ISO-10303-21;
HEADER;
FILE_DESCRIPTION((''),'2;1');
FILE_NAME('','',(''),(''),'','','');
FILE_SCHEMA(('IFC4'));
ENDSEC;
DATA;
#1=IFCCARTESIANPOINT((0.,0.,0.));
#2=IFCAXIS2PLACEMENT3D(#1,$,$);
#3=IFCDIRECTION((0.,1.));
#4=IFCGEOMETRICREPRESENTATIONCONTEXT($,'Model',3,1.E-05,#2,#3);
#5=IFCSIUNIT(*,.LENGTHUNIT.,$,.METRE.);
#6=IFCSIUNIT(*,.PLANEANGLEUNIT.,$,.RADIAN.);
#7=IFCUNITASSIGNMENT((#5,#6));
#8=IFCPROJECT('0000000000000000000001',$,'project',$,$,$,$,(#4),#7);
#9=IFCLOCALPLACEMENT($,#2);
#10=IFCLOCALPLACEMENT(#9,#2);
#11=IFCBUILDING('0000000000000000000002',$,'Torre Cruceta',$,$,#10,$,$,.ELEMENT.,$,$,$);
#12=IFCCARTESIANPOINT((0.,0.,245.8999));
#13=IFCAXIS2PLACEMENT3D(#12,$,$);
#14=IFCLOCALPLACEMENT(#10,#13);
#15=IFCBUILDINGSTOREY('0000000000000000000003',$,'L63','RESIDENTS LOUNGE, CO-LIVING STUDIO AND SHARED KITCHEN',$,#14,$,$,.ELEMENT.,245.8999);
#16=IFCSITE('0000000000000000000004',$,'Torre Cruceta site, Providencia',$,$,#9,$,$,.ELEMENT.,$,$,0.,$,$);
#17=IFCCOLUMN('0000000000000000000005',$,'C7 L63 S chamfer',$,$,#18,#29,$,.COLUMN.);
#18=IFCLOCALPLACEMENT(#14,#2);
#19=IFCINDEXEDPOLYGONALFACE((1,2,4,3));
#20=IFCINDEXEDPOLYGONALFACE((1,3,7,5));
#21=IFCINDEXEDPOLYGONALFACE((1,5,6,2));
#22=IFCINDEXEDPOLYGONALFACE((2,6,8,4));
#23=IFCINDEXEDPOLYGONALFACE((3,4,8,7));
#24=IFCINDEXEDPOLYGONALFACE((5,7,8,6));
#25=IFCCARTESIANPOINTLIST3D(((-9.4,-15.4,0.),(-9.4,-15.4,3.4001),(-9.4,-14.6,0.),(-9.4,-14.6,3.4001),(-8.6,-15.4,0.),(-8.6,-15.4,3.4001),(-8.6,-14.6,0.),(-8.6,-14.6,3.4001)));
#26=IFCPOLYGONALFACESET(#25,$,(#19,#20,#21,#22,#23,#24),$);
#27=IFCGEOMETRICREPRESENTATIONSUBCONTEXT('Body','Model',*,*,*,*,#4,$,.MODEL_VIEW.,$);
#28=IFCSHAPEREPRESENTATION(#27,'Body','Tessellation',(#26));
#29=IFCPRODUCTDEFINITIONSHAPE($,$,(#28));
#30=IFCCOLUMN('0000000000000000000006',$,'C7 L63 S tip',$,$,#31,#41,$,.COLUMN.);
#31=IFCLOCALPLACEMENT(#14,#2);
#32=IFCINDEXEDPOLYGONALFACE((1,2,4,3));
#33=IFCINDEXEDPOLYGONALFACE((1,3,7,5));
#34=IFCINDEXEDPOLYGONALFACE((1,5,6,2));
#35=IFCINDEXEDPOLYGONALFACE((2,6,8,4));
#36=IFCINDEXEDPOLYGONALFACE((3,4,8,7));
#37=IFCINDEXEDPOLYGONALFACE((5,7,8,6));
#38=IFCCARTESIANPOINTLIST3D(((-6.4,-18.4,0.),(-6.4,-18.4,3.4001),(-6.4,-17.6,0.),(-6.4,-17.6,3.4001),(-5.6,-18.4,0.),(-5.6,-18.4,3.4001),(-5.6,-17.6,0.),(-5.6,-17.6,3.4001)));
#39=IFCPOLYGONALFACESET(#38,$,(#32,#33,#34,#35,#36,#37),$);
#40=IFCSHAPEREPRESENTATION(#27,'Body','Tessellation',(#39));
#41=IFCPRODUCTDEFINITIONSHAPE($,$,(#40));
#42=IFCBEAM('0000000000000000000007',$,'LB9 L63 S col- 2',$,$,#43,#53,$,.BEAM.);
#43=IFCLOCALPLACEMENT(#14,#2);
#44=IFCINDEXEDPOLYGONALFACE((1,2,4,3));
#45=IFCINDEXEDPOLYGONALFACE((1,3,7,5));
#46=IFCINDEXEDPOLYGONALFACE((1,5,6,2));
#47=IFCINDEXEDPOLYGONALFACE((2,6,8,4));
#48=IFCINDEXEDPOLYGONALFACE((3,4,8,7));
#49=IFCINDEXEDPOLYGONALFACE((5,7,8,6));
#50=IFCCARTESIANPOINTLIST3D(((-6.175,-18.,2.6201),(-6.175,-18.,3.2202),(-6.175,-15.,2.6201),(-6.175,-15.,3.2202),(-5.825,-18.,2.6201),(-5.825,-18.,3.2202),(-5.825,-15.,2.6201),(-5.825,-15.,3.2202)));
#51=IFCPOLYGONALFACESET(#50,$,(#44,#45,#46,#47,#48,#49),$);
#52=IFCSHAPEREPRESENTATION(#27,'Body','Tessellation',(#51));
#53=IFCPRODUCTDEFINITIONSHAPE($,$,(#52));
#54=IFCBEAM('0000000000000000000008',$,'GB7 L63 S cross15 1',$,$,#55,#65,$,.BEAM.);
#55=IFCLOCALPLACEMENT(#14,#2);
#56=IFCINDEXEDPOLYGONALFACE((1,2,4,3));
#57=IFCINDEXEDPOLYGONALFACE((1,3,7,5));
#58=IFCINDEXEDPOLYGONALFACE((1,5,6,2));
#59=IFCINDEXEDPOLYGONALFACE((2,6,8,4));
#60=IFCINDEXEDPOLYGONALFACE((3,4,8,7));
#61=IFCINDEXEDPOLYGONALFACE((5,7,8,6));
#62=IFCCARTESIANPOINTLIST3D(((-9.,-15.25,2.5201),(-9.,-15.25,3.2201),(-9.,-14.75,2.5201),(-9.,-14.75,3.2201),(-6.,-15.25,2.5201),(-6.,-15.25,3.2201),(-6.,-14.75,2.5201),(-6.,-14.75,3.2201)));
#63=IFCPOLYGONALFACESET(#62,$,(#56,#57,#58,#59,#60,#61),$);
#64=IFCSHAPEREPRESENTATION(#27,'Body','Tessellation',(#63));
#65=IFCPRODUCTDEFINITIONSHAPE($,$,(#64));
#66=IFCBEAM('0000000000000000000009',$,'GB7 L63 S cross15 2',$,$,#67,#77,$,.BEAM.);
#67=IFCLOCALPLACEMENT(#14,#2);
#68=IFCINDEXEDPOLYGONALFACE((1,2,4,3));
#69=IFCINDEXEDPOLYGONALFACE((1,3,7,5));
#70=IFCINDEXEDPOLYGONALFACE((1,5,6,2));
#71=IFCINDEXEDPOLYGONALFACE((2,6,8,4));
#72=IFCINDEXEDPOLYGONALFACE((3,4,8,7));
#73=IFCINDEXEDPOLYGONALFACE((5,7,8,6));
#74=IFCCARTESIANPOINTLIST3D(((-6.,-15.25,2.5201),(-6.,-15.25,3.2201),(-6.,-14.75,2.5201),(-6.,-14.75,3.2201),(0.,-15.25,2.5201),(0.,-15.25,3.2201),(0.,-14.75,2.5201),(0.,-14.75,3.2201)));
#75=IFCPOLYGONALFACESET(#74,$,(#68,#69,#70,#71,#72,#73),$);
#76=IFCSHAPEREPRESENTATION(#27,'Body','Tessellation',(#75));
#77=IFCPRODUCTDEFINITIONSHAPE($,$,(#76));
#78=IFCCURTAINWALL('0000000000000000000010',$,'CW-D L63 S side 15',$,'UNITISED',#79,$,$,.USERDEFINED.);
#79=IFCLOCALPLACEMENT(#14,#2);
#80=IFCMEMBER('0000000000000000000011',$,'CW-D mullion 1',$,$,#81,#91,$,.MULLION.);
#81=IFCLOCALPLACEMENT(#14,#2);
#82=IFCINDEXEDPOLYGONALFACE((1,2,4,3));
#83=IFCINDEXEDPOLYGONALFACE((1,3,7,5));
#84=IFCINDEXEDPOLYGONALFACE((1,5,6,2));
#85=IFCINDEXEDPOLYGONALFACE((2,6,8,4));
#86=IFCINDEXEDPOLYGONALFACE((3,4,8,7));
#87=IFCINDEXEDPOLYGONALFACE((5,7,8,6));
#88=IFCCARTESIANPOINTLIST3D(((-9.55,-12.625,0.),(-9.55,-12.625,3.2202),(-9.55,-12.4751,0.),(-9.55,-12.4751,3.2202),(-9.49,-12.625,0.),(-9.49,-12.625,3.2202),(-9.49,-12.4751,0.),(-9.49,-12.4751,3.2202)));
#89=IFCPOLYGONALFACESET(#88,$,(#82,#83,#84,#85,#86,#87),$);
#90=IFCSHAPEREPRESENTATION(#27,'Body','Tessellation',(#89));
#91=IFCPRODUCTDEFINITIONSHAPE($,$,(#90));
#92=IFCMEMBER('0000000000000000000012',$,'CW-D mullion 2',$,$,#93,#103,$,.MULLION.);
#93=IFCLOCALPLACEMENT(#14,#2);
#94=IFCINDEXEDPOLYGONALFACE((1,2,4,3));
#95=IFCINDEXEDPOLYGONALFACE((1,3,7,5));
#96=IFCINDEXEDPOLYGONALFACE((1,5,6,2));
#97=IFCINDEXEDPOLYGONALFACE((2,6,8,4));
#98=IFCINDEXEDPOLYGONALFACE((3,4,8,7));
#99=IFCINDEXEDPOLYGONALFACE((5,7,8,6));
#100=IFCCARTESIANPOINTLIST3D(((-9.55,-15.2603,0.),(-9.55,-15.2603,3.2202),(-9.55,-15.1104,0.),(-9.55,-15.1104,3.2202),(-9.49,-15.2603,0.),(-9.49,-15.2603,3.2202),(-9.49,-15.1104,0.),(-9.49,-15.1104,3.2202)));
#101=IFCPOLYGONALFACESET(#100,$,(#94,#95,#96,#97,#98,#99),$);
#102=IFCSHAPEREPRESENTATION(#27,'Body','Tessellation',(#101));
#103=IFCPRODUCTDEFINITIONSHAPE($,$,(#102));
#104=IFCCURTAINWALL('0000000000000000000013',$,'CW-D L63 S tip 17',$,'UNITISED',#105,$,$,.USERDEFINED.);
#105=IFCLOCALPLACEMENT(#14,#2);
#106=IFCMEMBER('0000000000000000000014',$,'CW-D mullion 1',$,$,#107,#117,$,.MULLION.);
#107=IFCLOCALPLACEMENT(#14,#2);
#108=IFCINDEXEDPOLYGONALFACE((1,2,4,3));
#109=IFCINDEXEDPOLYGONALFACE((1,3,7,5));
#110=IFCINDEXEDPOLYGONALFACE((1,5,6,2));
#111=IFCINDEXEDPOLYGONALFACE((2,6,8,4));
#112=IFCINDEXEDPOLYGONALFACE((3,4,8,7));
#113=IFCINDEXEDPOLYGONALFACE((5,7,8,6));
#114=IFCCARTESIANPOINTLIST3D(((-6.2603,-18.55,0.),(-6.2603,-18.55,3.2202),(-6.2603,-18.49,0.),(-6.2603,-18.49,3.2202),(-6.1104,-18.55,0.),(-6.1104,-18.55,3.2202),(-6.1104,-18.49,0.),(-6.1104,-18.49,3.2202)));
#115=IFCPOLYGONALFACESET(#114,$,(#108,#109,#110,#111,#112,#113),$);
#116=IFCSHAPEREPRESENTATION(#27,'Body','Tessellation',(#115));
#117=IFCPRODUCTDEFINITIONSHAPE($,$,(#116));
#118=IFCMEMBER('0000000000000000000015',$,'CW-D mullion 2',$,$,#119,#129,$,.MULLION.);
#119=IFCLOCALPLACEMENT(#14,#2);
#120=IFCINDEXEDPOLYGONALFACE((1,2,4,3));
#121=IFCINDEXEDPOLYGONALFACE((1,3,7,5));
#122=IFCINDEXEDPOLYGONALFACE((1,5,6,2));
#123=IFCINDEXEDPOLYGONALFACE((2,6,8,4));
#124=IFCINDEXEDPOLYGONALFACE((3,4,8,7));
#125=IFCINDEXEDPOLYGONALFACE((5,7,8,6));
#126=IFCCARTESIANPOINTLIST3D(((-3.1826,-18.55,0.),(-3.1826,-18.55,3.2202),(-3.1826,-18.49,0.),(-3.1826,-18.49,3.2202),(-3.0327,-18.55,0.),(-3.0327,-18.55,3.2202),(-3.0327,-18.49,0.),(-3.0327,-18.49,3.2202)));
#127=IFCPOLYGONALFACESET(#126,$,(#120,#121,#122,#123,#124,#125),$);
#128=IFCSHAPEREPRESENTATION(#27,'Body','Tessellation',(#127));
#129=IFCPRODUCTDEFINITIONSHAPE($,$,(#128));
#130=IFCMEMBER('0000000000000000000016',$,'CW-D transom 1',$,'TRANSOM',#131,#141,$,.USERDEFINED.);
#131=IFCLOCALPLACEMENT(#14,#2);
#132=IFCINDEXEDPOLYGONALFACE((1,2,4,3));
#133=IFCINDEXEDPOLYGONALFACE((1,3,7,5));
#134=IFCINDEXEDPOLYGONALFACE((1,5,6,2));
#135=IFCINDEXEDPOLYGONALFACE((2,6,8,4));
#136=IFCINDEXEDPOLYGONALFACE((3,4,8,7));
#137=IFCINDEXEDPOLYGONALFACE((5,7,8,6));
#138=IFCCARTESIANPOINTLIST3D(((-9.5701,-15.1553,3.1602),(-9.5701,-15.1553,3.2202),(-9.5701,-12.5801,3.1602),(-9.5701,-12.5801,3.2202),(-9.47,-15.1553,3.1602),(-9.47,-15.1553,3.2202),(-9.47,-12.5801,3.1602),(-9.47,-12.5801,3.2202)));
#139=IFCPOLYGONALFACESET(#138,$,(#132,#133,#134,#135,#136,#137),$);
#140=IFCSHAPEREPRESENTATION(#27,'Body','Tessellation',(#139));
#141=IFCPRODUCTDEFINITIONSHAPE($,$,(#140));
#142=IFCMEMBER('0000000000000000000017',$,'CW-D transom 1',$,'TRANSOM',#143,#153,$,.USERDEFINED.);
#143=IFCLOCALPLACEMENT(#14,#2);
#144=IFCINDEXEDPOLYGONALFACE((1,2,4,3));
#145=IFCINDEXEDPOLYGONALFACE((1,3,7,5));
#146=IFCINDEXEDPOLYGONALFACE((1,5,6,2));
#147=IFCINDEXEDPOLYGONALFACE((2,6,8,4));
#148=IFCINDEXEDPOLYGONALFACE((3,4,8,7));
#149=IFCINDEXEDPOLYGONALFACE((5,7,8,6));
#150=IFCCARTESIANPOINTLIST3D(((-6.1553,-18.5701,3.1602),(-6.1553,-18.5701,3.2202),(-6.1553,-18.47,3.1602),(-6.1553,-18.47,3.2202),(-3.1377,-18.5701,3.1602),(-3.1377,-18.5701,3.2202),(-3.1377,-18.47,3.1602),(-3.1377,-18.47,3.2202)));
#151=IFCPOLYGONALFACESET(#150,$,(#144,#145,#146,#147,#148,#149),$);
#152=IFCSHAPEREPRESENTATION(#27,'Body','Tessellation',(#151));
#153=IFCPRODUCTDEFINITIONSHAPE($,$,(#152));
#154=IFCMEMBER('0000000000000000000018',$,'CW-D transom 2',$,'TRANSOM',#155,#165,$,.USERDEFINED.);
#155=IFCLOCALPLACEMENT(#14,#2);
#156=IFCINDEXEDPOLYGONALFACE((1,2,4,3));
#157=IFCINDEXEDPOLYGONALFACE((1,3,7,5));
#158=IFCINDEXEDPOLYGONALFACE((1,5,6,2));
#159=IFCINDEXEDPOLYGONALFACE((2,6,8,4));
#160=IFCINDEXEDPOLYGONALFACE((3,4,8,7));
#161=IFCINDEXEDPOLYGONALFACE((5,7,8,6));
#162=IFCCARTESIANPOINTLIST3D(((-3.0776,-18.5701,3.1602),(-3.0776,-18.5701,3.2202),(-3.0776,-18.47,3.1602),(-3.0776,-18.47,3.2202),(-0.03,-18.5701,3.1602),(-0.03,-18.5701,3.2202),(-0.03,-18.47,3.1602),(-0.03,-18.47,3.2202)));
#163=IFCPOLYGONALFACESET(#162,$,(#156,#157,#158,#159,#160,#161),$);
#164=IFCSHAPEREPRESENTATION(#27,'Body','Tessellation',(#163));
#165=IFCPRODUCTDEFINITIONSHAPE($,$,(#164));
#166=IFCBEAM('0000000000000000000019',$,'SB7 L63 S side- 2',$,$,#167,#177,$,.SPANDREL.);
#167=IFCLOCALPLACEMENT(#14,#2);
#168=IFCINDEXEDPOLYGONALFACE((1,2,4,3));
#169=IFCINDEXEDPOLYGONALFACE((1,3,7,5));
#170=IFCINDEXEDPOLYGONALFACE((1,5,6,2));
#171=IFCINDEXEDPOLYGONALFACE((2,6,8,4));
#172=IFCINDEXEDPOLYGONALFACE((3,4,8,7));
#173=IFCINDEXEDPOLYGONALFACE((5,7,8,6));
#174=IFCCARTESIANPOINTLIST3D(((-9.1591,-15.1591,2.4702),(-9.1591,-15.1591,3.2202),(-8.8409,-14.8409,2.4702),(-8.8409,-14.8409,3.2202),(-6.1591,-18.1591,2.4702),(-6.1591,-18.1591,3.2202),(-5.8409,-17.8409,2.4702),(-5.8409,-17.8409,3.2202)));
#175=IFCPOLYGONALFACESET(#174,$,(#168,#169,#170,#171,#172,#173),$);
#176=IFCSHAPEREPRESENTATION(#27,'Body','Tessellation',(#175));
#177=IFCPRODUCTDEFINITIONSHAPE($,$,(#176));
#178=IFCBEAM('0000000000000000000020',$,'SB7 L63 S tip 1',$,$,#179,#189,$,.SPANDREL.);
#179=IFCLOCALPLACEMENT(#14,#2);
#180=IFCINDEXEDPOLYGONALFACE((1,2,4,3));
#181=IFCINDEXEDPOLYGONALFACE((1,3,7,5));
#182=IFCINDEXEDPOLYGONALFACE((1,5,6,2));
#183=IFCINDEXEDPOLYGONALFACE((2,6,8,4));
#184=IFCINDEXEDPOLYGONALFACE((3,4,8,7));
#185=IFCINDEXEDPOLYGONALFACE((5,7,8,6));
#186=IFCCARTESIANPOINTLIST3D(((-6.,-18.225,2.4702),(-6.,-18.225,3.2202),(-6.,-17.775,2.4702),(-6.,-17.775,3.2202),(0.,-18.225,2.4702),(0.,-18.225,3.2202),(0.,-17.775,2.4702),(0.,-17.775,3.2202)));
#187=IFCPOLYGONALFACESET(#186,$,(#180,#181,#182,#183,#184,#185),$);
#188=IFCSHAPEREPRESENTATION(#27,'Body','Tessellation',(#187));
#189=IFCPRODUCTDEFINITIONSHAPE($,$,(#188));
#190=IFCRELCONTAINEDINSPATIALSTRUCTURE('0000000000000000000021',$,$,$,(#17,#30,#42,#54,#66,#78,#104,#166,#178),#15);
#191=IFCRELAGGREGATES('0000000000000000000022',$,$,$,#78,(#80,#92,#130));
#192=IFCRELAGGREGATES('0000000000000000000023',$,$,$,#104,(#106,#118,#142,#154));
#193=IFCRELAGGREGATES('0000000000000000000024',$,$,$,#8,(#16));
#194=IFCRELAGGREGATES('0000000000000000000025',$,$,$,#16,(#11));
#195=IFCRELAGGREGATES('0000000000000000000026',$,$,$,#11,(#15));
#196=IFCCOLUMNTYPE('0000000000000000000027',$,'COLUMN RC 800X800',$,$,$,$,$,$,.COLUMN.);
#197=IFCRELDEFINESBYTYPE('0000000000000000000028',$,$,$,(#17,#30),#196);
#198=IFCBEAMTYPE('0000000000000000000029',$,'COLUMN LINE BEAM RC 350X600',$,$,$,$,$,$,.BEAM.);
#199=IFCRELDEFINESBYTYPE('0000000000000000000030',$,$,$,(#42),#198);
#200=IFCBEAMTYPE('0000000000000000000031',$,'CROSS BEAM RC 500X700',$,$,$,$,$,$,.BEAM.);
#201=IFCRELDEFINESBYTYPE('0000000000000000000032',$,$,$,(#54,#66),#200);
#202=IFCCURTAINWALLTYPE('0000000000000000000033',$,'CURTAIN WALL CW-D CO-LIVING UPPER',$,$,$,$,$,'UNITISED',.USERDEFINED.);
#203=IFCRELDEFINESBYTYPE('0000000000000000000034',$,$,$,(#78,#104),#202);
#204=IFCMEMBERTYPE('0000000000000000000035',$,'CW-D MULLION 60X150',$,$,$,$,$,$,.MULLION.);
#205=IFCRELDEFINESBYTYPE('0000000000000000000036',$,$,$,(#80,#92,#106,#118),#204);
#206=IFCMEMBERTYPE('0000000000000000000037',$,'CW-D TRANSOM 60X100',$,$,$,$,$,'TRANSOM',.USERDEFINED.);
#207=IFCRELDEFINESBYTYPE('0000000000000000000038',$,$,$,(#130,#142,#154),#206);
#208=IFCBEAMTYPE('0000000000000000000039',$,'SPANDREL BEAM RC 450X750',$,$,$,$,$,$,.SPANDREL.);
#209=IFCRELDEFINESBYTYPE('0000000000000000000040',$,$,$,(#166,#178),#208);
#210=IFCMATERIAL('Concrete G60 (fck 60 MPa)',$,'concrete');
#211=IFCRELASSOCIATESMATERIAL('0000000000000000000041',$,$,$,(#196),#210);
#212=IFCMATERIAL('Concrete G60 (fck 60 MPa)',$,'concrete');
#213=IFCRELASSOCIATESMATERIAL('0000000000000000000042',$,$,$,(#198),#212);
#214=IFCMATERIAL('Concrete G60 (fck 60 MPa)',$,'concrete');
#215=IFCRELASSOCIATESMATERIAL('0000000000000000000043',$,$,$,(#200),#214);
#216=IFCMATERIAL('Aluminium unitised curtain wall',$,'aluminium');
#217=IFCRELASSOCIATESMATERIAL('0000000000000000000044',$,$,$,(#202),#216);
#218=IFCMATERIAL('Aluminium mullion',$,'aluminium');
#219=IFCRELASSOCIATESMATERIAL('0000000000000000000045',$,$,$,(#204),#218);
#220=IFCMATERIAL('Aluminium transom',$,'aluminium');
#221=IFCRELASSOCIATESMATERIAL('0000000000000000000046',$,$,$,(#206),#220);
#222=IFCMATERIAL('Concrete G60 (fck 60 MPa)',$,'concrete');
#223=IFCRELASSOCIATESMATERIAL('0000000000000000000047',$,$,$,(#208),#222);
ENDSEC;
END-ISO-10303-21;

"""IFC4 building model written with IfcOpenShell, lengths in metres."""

from ifc_helpers import new_model, si_unit, direction, frame, origin, origin_2d, place, context, subcontext, project, spatial, rectangle, extrude, material, material_profile, profile_set, type_object, element, aggregate, save


model = new_model("IFC4")

# Units and contexts
model_context = context("Model", 3, precision=1e-05, world=origin(), true_north=direction((0.0, 1.0)))
body_context = subcontext(model_context, "Body", "Model", "MODEL_VIEW")
ifc_project = project(units=[si_unit("LENGTHUNIT", "METRE"), si_unit("PLANEANGLEUNIT", "RADIAN")], contexts=[model_context])

# Site, building, storey
site_placement = place(None, origin())
site = spatial("IfcSite", under=ifc_project, at=site_placement, Name="Torre Cruceta site, Providencia", CompositionType="ELEMENT", RefElevation=0.0)
building_placement = place(site_placement, origin())
building = spatial("IfcBuilding", under=site, at=building_placement, Name="Torre Cruceta", CompositionType="ELEMENT")
storey_placement = place(building_placement, frame((0.0, 0.0, 245.8999)))
storey = spatial("IfcBuildingStorey", under=building, at=storey_placement, Name="L63", Description="RESIDENTS LOUNGE, CO-LIVING STUDIO AND SHARED KITCHEN", CompositionType="ELEMENT", Elevation=245.8999)

# Columns
ifc_material_1 = material(Name="Concrete G60 (fck 60 MPa)", Category="concrete")
ifc_material_profile_1 = material_profile(ifc_material_1, rectangle(XDim=0.8, YDim=0.8, at=origin_2d()), Name="RC 800X800")
ifc_profile_set_1 = profile_set([ifc_material_profile_1], Name="Concrete G60 (fck 60 MPa)")
column_type = type_object("IfcColumnType", Name="COLUMN RC 800X800", PredefinedType="COLUMN", material=ifc_profile_set_1)
for number, where, z_axis, x_axis, name in (
    (1, (-9.0, -15.0, 0.0), (0.0, 0.0, 1.0), (1.0, 0.0, 0.0), "C7 L63 S chamfer"),
    (2, (-6.0, -18.0, 0.0), (0.0, 0.0, 1.0), (1.0, 0.0, 0.0), "C7 L63 S tip"),
):
    element("IfcColumn", number, at=place(storey_placement, frame(where, z_axis=z_axis, x_axis=x_axis)), inside=storey, type_object=column_type, Name=name, PredefinedType="COLUMN", context=body_context, shape_type="SweptSolid", body=[
        extrude(rectangle(XDim=0.8, YDim=0.8, at=origin_2d()), origin(), (0.0, 0.0, 1.0), 3.4001),
    ])

# Beams
ifc_material_2 = material(Name="Concrete G60 (fck 60 MPa)", Category="concrete")
ifc_material_profile_2 = material_profile(ifc_material_2, rectangle(XDim=0.3501, YDim=0.6001, at=origin_2d()), Name="RC 350X600")
ifc_profile_set_2 = profile_set([ifc_material_profile_2], Name="Concrete G60 (fck 60 MPa)")
beam_type_1 = type_object("IfcBeamType", Name="COLUMN LINE BEAM RC 350X600", PredefinedType="BEAM", material=ifc_profile_set_2)
beam_1_placement = place(storey_placement, frame((-6.0, -15.0, 2.9202), z_axis=(0.0, -1.0, 0.0), x_axis=(1.0, 0.0, 0.0)))
element("IfcBeam", 3, at=beam_1_placement, inside=storey, type_object=beam_type_1, Name="LB9 L63 S col- 2", PredefinedType="BEAM", context=body_context, shape_type="SweptSolid", body=[
    extrude(rectangle(XDim=0.3501, YDim=0.6001, at=origin_2d()), origin(), (0.0, 0.0, 1.0), 3.0),
])
ifc_material_3 = material(Name="Concrete G60 (fck 60 MPa)", Category="concrete")
ifc_material_profile_3 = material_profile(ifc_material_3, rectangle(XDim=0.5, YDim=0.7, at=origin_2d()), Name="RC 500X700")
ifc_profile_set_3 = profile_set([ifc_material_profile_3], Name="Concrete G60 (fck 60 MPa)")
beam_type_2 = type_object("IfcBeamType", Name="CROSS BEAM RC 500X700", PredefinedType="BEAM", material=ifc_profile_set_3)
beam_2_placement = place(storey_placement, frame((-9.0, -15.0, 2.8701), z_axis=(1.0, 0.0, 0.0), x_axis=(0.0, 1.0, 0.0)))
element("IfcBeam", 4, at=beam_2_placement, inside=storey, type_object=beam_type_2, Name="GB7 L63 S cross15 1", PredefinedType="BEAM", context=body_context, shape_type="SweptSolid", body=[
    extrude(rectangle(XDim=0.5, YDim=0.7, at=origin_2d()), origin(), (0.0, 0.0, 1.0), 3.0),
])
beam_3_placement = place(storey_placement, frame((-6.0, -15.0, 2.8701), z_axis=(1.0, 0.0, 0.0), x_axis=(0.0, 1.0, 0.0)))
element("IfcBeam", 5, at=beam_3_placement, inside=storey, type_object=beam_type_2, Name="GB7 L63 S cross15 2", PredefinedType="BEAM", context=body_context, shape_type="SweptSolid", body=[
    extrude(rectangle(XDim=0.5, YDim=0.7, at=origin_2d()), origin(), (0.0, 0.0, 1.0), 6.0),
])

# Curtain walls, members
ifc_material_4 = material(Name="Aluminium unitised curtain wall", Category="aluminium")
curtain_wall_type = type_object("IfcCurtainWallType", Name="CURTAIN WALL CW-D CO-LIVING UPPER", ElementType="UNITISED", PredefinedType="USERDEFINED", material=ifc_material_4)
curtain_wall_1_placement = place(storey_placement, origin())
curtain_wall_1 = element("IfcCurtainWall", 6, at=curtain_wall_1_placement, inside=storey, type_object=curtain_wall_type, Name="CW-D L63 S side 15", ObjectType="UNITISED", PredefinedType="USERDEFINED")
ifc_material_5 = material(Name="Aluminium mullion", Category="aluminium")
ifc_material_profile_4 = material_profile(ifc_material_5, rectangle(XDim=0.0601, YDim=0.1499, at=origin_2d()), Name="AL 60X150")
ifc_profile_set_4 = profile_set([ifc_material_profile_4], Name="Aluminium mullion")
member_type_1 = type_object("IfcMemberType", Name="CW-D MULLION 60X150", PredefinedType="MULLION", material=ifc_profile_set_4)
member_1_placement = place(storey_placement, frame((-9.52, -12.55, 0.0), z_axis=(0.0, 0.0, 1.0), x_axis=(1.0, 0.0, 0.0)))
member_1 = element("IfcMember", 7, at=member_1_placement, type_object=member_type_1, Name="CW-D mullion 1", PredefinedType="MULLION", context=body_context, shape_type="SweptSolid", body=[
    extrude(rectangle(XDim=0.0601, YDim=0.1499, at=origin_2d()), origin(), (0.0, 0.0, 1.0), 3.2202),
])
member_2_placement = place(storey_placement, frame((-9.52, -15.1853, 0.0), z_axis=(0.0, 0.0, 1.0), x_axis=(1.0, 0.0, 0.0)))
member_2 = element("IfcMember", 8, at=member_2_placement, type_object=member_type_1, Name="CW-D mullion 2", PredefinedType="MULLION", context=body_context, shape_type="SweptSolid", body=[
    extrude(rectangle(XDim=0.0601, YDim=0.1499, at=origin_2d()), origin(), (0.0, 0.0, 1.0), 3.2202),
])
curtain_wall_2_placement = place(storey_placement, origin())
curtain_wall_2 = element("IfcCurtainWall", 9, at=curtain_wall_2_placement, inside=storey, type_object=curtain_wall_type, Name="CW-D L63 S tip 17", ObjectType="UNITISED", PredefinedType="USERDEFINED")
member_3_placement = place(storey_placement, frame((-6.1853, -18.52, 0.0), z_axis=(0.0, 0.0, 1.0), x_axis=(0.0, 1.0, 0.0)))
member_3 = element("IfcMember", 10, at=member_3_placement, type_object=member_type_1, Name="CW-D mullion 1", PredefinedType="MULLION", context=body_context, shape_type="SweptSolid", body=[
    extrude(rectangle(XDim=0.0601, YDim=0.1499, at=origin_2d()), origin(), (0.0, 0.0, 1.0), 3.2202),
])
member_4_placement = place(storey_placement, frame((-3.1077, -18.52, 0.0), z_axis=(0.0, 0.0, 1.0), x_axis=(0.0, 1.0, 0.0)))
member_4 = element("IfcMember", 11, at=member_4_placement, type_object=member_type_1, Name="CW-D mullion 2", PredefinedType="MULLION", context=body_context, shape_type="SweptSolid", body=[
    extrude(rectangle(XDim=0.0601, YDim=0.1499, at=origin_2d()), origin(), (0.0, 0.0, 1.0), 3.2202),
])

# Members
ifc_material_6 = material(Name="Aluminium transom", Category="aluminium")
ifc_material_profile_5 = material_profile(ifc_material_6, rectangle(XDim=0.1001, YDim=0.0601, at=origin_2d()), Name="AL 100X60")
ifc_profile_set_5 = profile_set([ifc_material_profile_5], Name="Aluminium transom")
member_type_2 = type_object("IfcMemberType", Name="CW-D TRANSOM 60X100", ElementType="TRANSOM", PredefinedType="USERDEFINED", material=ifc_profile_set_5)
member_5_placement = place(storey_placement, frame((-9.52, -12.5801, 3.1902), z_axis=(0.0, -1.0, 0.0), x_axis=(1.0, 0.0, 0.0)))
member_5 = element("IfcMember", 12, at=member_5_placement, type_object=member_type_2, Name="CW-D transom 1", ObjectType="TRANSOM", PredefinedType="USERDEFINED", context=body_context, shape_type="SweptSolid", body=[
    extrude(rectangle(XDim=0.1001, YDim=0.0601, at=origin_2d()), origin(), (0.0, 0.0, 1.0), 2.5752),
])
member_6_placement = place(storey_placement, frame((-6.1553, -18.52, 3.1902), z_axis=(1.0, 0.0, 0.0), x_axis=(0.0, 1.0, 0.0)))
member_6 = element("IfcMember", 13, at=member_6_placement, type_object=member_type_2, Name="CW-D transom 1", ObjectType="TRANSOM", PredefinedType="USERDEFINED", context=body_context, shape_type="SweptSolid", body=[
    extrude(rectangle(XDim=0.1001, YDim=0.0601, at=origin_2d()), origin(), (0.0, 0.0, 1.0), 3.0176),
])
member_7_placement = place(storey_placement, frame((-3.0776, -18.52, 3.1902), z_axis=(1.0, 0.0, 0.0), x_axis=(0.0, 1.0, 0.0)))
member_7 = element("IfcMember", 14, at=member_7_placement, type_object=member_type_2, Name="CW-D transom 2", ObjectType="TRANSOM", PredefinedType="USERDEFINED", context=body_context, shape_type="SweptSolid", body=[
    extrude(rectangle(XDim=0.1001, YDim=0.0601, at=origin_2d()), origin(), (0.0, 0.0, 1.0), 3.0476),
])

# Beams
ifc_material_7 = material(Name="Concrete G60 (fck 60 MPa)", Category="concrete")
ifc_material_profile_6 = material_profile(ifc_material_7, rectangle(XDim=0.45, YDim=0.75, at=origin_2d()), Name="RC 450X750")
ifc_profile_set_6 = profile_set([ifc_material_profile_6], Name="Concrete G60 (fck 60 MPa)")
beam_type_3 = type_object("IfcBeamType", Name="SPANDREL BEAM RC 450X750", PredefinedType="SPANDREL", material=ifc_profile_set_6)
beam_4_placement = place(storey_placement, frame((-9.0, -15.0, 2.8452), z_axis=(0.707107, -0.707107, 0.0), x_axis=(0.707107, 0.707107, 0.0)))
element("IfcBeam", 15, at=beam_4_placement, inside=storey, type_object=beam_type_3, Name="SB7 L63 S side- 2", PredefinedType="SPANDREL", context=body_context, shape_type="SweptSolid", body=[
    extrude(rectangle(XDim=0.45, YDim=0.75, at=origin_2d()), origin(), (0.0, 0.0, 1.0), 4.2427),
])
beam_5_placement = place(storey_placement, frame((-6.0, -18.0, 2.8452), z_axis=(1.0, 0.0, 0.0), x_axis=(0.0, 1.0, 0.0)))
element("IfcBeam", 16, at=beam_5_placement, inside=storey, type_object=beam_type_3, Name="SB7 L63 S tip 1", PredefinedType="SPANDREL", context=body_context, shape_type="SweptSolid", body=[
    extrude(rectangle(XDim=0.45, YDim=0.75, at=origin_2d()), origin(), (0.0, 0.0, 1.0), 6.0),
])

aggregate(curtain_wall_1, [member_1, member_2, member_5])
aggregate(curtain_wall_2, [member_3, member_4, member_6, member_7])

save(model, "model.ifc")
